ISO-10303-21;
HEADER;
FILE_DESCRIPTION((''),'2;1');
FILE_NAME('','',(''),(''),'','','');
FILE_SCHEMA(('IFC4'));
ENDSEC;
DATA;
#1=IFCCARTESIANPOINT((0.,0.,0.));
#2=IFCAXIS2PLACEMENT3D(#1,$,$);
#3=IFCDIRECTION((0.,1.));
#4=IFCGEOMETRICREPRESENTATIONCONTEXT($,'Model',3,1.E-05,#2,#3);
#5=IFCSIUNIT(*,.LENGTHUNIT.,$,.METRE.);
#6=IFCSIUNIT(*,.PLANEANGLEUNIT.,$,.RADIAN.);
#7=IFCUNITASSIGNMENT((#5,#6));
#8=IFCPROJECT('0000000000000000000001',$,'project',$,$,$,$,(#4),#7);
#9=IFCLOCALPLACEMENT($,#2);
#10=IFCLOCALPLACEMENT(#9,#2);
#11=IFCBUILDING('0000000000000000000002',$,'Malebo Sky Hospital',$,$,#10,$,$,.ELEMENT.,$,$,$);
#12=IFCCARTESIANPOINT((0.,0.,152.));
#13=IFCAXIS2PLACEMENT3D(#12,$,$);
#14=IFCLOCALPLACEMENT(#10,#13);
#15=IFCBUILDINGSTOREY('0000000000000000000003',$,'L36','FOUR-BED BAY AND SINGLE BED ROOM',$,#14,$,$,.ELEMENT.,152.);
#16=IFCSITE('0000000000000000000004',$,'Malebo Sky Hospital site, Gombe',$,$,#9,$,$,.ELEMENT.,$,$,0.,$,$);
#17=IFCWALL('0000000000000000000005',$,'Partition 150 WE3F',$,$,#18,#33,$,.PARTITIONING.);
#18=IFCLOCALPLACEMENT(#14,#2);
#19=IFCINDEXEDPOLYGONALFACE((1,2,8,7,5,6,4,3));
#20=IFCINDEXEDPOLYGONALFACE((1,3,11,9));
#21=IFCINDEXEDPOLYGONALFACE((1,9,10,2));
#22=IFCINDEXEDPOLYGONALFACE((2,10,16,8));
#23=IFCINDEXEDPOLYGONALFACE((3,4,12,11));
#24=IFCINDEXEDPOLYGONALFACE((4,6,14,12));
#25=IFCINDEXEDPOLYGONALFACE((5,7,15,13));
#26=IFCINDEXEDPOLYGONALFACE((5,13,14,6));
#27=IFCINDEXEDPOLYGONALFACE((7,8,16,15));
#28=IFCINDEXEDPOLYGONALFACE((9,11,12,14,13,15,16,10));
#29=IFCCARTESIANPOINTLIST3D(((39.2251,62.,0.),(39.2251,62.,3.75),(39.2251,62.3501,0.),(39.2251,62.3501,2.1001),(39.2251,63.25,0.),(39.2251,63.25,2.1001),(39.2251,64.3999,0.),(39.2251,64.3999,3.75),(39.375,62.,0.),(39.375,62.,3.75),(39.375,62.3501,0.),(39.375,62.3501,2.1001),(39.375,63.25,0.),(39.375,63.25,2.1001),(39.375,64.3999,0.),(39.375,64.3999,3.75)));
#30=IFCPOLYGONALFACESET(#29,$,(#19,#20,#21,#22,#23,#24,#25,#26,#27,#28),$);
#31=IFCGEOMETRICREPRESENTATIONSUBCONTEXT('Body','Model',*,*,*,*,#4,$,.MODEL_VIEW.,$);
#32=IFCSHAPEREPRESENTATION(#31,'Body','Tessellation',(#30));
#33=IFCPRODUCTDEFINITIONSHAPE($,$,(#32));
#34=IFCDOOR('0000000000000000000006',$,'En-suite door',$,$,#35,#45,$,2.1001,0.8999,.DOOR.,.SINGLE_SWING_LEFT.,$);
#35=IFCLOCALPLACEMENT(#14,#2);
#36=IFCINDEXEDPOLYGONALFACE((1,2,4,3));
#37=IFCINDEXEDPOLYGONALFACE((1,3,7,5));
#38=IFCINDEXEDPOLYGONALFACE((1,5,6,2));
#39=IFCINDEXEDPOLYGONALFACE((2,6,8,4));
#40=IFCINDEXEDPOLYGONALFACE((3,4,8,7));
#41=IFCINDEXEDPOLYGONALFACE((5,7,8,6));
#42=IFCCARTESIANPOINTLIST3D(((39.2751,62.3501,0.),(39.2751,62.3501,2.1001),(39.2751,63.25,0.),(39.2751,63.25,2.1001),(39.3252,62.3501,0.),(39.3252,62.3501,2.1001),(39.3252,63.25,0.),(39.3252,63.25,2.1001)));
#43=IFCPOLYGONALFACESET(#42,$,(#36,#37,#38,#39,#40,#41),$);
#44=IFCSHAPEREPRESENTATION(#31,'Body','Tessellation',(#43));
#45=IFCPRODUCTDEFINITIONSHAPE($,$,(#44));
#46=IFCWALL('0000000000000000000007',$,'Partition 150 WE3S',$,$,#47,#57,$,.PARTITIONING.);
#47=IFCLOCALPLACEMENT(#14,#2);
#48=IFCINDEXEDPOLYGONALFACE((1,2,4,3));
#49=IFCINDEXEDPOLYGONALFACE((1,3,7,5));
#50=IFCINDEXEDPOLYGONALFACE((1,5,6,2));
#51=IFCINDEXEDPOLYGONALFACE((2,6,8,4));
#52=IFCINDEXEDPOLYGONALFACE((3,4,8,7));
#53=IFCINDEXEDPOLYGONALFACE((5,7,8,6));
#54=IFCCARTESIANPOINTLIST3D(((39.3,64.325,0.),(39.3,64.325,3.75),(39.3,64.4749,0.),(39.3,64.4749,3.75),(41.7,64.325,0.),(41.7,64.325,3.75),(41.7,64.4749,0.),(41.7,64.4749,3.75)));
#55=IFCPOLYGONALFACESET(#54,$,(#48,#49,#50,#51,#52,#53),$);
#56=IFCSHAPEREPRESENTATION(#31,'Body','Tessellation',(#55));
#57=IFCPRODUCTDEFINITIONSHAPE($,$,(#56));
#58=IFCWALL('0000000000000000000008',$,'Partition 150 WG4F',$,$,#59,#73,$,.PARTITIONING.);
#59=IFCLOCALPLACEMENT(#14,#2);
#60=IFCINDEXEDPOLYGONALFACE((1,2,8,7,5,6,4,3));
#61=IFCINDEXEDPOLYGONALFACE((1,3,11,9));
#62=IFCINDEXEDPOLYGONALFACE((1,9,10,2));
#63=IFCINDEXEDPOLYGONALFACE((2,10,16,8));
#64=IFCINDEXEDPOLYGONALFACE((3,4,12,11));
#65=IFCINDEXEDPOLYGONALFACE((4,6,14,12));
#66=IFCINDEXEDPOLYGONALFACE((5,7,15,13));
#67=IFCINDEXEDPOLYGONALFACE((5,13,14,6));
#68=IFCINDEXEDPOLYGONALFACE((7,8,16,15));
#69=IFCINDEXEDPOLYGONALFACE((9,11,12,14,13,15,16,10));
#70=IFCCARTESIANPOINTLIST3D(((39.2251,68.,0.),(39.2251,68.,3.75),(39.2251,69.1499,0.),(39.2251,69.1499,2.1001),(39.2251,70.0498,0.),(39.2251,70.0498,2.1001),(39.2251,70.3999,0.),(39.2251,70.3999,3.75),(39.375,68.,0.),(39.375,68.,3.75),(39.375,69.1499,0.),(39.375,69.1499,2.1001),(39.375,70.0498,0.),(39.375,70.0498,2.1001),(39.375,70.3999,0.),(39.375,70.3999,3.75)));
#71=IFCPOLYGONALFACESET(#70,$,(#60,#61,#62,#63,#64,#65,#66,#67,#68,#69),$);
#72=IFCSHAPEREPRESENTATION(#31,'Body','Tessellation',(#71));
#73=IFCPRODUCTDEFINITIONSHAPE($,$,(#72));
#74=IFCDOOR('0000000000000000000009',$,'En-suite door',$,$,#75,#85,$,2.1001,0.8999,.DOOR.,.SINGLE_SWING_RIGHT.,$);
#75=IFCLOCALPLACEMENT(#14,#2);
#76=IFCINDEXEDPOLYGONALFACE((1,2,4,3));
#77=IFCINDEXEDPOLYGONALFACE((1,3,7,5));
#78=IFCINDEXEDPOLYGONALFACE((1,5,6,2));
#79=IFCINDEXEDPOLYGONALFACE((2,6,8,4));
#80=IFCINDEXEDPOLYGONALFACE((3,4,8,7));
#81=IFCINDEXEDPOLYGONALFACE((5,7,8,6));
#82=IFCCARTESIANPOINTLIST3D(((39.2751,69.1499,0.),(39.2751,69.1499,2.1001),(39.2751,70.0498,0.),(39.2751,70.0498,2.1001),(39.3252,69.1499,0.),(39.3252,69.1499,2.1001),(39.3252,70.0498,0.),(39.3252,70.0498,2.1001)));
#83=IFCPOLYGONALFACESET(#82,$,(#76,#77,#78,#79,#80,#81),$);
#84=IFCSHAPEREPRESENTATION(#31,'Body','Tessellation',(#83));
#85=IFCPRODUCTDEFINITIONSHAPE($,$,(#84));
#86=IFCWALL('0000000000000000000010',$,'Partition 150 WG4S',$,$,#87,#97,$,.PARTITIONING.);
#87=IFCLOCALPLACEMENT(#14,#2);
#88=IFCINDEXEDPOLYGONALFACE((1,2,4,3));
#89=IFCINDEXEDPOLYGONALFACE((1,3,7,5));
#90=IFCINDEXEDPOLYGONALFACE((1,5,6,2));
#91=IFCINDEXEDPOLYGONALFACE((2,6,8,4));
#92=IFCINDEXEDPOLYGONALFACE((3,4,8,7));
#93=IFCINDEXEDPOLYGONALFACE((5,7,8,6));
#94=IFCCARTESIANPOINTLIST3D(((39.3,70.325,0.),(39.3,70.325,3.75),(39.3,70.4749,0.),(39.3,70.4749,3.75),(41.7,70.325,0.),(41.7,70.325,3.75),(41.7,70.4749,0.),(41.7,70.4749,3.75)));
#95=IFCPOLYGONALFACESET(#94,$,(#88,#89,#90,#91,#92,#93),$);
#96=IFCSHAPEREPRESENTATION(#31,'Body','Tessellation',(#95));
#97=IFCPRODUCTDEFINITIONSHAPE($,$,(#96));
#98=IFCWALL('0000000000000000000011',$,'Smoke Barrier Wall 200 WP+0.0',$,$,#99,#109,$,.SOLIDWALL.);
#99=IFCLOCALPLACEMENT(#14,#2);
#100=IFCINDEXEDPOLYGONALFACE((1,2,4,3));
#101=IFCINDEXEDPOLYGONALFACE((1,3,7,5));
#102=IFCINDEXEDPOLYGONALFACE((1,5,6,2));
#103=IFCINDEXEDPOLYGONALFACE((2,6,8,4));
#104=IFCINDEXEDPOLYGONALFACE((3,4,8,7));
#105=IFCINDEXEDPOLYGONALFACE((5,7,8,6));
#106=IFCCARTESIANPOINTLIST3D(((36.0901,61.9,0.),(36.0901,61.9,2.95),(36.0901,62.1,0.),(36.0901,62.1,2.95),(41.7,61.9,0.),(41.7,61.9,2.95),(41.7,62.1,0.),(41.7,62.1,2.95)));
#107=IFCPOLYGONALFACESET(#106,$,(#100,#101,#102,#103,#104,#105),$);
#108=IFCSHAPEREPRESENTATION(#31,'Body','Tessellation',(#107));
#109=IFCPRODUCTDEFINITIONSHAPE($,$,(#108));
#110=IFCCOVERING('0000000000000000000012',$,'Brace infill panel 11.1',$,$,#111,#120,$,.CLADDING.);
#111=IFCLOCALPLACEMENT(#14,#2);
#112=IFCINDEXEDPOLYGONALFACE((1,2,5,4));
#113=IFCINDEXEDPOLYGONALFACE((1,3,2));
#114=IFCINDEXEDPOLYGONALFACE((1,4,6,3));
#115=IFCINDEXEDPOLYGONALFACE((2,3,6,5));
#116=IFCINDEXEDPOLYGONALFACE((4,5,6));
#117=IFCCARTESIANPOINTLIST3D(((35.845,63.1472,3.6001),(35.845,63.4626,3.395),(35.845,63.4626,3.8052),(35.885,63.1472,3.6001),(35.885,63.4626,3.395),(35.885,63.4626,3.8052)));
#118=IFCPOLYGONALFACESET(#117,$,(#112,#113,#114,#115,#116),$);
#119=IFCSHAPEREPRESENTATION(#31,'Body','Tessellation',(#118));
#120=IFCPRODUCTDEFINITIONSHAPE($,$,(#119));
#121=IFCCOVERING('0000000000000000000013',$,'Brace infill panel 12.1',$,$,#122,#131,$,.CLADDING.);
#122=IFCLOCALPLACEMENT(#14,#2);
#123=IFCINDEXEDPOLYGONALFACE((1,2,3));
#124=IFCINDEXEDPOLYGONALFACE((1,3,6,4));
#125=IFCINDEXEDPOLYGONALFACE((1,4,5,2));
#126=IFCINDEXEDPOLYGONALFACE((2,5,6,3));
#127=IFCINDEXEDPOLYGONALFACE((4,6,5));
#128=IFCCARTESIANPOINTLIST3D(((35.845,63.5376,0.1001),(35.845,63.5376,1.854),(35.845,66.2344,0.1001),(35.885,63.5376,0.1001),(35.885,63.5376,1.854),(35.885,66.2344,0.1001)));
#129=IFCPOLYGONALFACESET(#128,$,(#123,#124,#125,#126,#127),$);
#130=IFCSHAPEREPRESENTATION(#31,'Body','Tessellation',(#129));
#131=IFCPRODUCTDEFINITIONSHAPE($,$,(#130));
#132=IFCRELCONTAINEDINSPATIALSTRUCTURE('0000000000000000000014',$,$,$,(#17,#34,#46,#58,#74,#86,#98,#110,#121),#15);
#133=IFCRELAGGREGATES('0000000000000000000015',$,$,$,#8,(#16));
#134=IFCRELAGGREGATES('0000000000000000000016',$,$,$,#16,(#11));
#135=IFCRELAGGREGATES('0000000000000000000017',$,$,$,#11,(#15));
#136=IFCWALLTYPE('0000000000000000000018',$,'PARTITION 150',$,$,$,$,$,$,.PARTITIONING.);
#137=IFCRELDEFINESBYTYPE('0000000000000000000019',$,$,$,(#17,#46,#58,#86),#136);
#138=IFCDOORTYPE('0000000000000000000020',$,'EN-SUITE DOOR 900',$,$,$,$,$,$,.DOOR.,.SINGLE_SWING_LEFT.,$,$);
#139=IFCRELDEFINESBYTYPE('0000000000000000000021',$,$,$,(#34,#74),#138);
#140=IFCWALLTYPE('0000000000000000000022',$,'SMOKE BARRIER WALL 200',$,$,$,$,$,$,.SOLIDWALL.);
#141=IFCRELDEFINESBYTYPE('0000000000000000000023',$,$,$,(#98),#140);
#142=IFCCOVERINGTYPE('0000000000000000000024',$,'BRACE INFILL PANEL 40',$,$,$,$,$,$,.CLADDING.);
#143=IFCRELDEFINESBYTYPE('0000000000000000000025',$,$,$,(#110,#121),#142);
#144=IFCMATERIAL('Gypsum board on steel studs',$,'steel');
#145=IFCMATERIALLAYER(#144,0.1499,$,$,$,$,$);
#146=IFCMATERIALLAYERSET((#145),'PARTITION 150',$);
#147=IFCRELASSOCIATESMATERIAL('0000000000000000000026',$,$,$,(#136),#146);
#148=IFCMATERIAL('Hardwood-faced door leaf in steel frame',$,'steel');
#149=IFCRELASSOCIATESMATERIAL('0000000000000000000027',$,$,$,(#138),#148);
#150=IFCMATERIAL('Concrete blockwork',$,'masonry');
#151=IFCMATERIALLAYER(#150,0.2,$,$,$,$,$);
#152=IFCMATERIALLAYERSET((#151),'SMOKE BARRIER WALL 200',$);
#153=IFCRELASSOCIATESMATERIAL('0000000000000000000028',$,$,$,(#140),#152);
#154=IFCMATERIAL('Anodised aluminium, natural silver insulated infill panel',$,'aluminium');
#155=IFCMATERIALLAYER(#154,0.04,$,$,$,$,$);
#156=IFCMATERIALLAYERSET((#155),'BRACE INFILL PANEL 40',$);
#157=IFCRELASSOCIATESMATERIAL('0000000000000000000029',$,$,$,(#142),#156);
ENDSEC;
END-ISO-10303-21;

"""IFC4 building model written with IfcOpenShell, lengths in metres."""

from ifc_helpers import new_model, si_unit, direction, frame, frame_2d, origin, place, context, subcontext, project, spatial, polyline, rectangle, outline, extrude, material, layer, layer_set, type_object, element, fill, save


model = new_model("IFC4")

# Units and contexts
model_context = context("Model", 3, precision=1e-05, world=origin(), true_north=direction((0.0, 1.0)))
body_context = subcontext(model_context, "Body", "Model", "MODEL_VIEW")
ifc_project = project(units=[si_unit("LENGTHUNIT", "METRE"), si_unit("PLANEANGLEUNIT", "RADIAN")], contexts=[model_context])

# Site, building, storey
site_placement = place(None, origin())
site = spatial("IfcSite", under=ifc_project, at=site_placement, Name="Malebo Sky Hospital site, Gombe", CompositionType="ELEMENT", RefElevation=0.0)
building_placement = place(site_placement, origin())
building = spatial("IfcBuilding", under=site, at=building_placement, Name="Malebo Sky Hospital", CompositionType="ELEMENT")
storey_placement = place(building_placement, frame((0.0, 0.0, 152.0)))
storey = spatial("IfcBuildingStorey", under=building, at=storey_placement, Name="L36", Description="FOUR-BED BAY AND SINGLE BED ROOM", CompositionType="ELEMENT", Elevation=152.0)

# Shared definitions
ifc_material_1 = material(Name="Gypsum board on steel studs", Category="steel")
ifc_layer_1 = layer(ifc_material_1, 0.1499)
ifc_layer_set_1 = layer_set([ifc_layer_1], Name="PARTITION 150")
wall_type_1 = type_object("IfcWallType", Name="PARTITION 150", PredefinedType="PARTITIONING", material=ifc_layer_set_1)

# Wall, opening, door
wall_1_placement = place(storey_placement, frame((39.3, 62.0, 0.0), z_axis=(0.0, 0.0, 1.0), x_axis=(0.0, 1.0, 0.0)))
wall_1 = element("IfcWall", 1, at=wall_1_placement, inside=storey, type_object=wall_type_1, Name="Partition 150 WE3F", PredefinedType="PARTITIONING", context=body_context, shape_type="SweptSolid", body=[
    extrude(rectangle(XDim=2.3999, YDim=0.1499, at=frame_2d((1.2, 0.0))), origin(), (0.0, 0.0, 1.0), 3.75),
])
opening_1_placement = place(wall_1_placement, frame((0.3501, 0.0, 0.0)))
opening_1 = element("IfcOpeningElement", 2, at=opening_1_placement, cuts=wall_1, PredefinedType="OPENING", context=body_context, shape_type="SweptSolid", body=[
    extrude(rectangle(XDim=0.8999, YDim=2.1001, at=frame_2d((0.45, 1.05))), frame((0.0, 0.085, 0.0), z_axis=(0.0, -1.0, 0.0), x_axis=(1.0, 0.0, 0.0)), (0.0, 0.0, 1.0), 0.1699),
])
ifc_material_2 = material(Name="Hardwood-faced door leaf in steel frame", Category="steel")
door_type = type_object("IfcDoorType", Name="EN-SUITE DOOR 900", OperationType="SINGLE_SWING_LEFT", PredefinedType="DOOR", material=ifc_material_2)
door_1_placement = place(opening_1_placement, origin())
door_1 = element("IfcDoor", 3, at=door_1_placement, inside=storey, type_object=door_type, Name="En-suite door", OperationType="SINGLE_SWING_LEFT", OverallHeight=2.1001, OverallWidth=0.8999, PredefinedType="DOOR", context=body_context, shape_type="SweptSolid", body=[
    extrude(rectangle(XDim=0.8999, YDim=2.1001, at=frame_2d((0.45, 1.05))), frame((0.0, 0.0249, 0.0), z_axis=(0.0, -1.0, 0.0), x_axis=(1.0, 0.0, 0.0)), (0.0, 0.0, 1.0), 0.05),
])
fill(opening_1, door_1)

# Wall
wall_2_placement = place(storey_placement, frame((41.7, 64.3999, 0.0), z_axis=(0.0, 0.0, 1.0), x_axis=(-1.0, 0.0, 0.0)))
element("IfcWall", 4, at=wall_2_placement, inside=storey, type_object=wall_type_1, Name="Partition 150 WE3S", PredefinedType="PARTITIONING", context=body_context, shape_type="SweptSolid", body=[
    extrude(rectangle(XDim=2.3999, YDim=0.1499, at=frame_2d((1.2, 0.0))), origin(), (0.0, 0.0, 1.0), 3.75),
])

# Wall, opening, door
wall_3_placement = place(storey_placement, frame((39.3, 68.0, 0.0), z_axis=(0.0, 0.0, 1.0), x_axis=(0.0, 1.0, 0.0)))
wall_3 = element("IfcWall", 5, at=wall_3_placement, inside=storey, type_object=wall_type_1, Name="Partition 150 WG4F", PredefinedType="PARTITIONING", context=body_context, shape_type="SweptSolid", body=[
    extrude(rectangle(XDim=2.3999, YDim=0.1499, at=frame_2d((1.2, 0.0))), origin(), (0.0, 0.0, 1.0), 3.75),
])
opening_2_placement = place(wall_3_placement, frame((1.1499, 0.0, 0.0)))
opening_2 = element("IfcOpeningElement", 6, at=opening_2_placement, cuts=wall_3, PredefinedType="OPENING", context=body_context, shape_type="SweptSolid", body=[
    extrude(rectangle(XDim=0.8999, YDim=2.1001, at=frame_2d((0.45, 1.05))), frame((0.0, 0.085, 0.0), z_axis=(0.0, -1.0, 0.0), x_axis=(1.0, 0.0, 0.0)), (0.0, 0.0, 1.0), 0.1699),
])
door_2_placement = place(opening_2_placement, origin())
door_2 = element("IfcDoor", 7, at=door_2_placement, inside=storey, type_object=door_type, Name="En-suite door", OperationType="SINGLE_SWING_RIGHT", OverallHeight=2.1001, OverallWidth=0.8999, PredefinedType="DOOR", context=body_context, shape_type="SweptSolid", body=[
    extrude(rectangle(XDim=0.8999, YDim=2.1001, at=frame_2d((0.45, 1.05))), frame((0.0, 0.0249, 0.0), z_axis=(0.0, -1.0, 0.0), x_axis=(1.0, 0.0, 0.0)), (0.0, 0.0, 1.0), 0.05),
])
fill(opening_2, door_2)

# Walls
wall_4_placement = place(storey_placement, frame((41.7, 70.3999, 0.0), z_axis=(0.0, 0.0, 1.0), x_axis=(-1.0, 0.0, 0.0)))
element("IfcWall", 8, at=wall_4_placement, inside=storey, type_object=wall_type_1, Name="Partition 150 WG4S", PredefinedType="PARTITIONING", context=body_context, shape_type="SweptSolid", body=[
    extrude(rectangle(XDim=2.3999, YDim=0.1499, at=frame_2d((1.2, 0.0))), origin(), (0.0, 0.0, 1.0), 3.75),
])
ifc_material_3 = material(Name="Concrete blockwork", Category="masonry")
ifc_layer_2 = layer(ifc_material_3, 0.2)
ifc_layer_set_2 = layer_set([ifc_layer_2], Name="SMOKE BARRIER WALL 200")
wall_type_2 = type_object("IfcWallType", Name="SMOKE BARRIER WALL 200", PredefinedType="SOLIDWALL", material=ifc_layer_set_2)
wall_5_placement = place(storey_placement, frame((41.7, 62.0, 0.0), z_axis=(0.0, 0.0, 1.0), x_axis=(-1.0, 0.0, 0.0)))
element("IfcWall", 9, at=wall_5_placement, inside=storey, type_object=wall_type_2, Name="Smoke Barrier Wall 200 WP+0.0", PredefinedType="SOLIDWALL", context=body_context, shape_type="SweptSolid", body=[
    extrude(rectangle(XDim=5.6099, YDim=0.2, at=frame_2d((2.8049, 0.0))), origin(), (0.0, 0.0, 1.0), 2.95),
])

# Coverings
ifc_material_4 = material(Name="Anodised aluminium, natural silver insulated infill panel", Category="aluminium")
ifc_layer_3 = layer(ifc_material_4, 0.04)
ifc_layer_set_3 = layer_set([ifc_layer_3], Name="BRACE INFILL PANEL 40")
covering_type = type_object("IfcCoveringType", Name="BRACE INFILL PANEL 40", PredefinedType="CLADDING", material=ifc_layer_set_3)
covering_1_placement = place(storey_placement, frame((35.865, 63.3049, 3.395), z_axis=(0.0, 0.0, 1.0), x_axis=(0.0, 1.0, 0.0)))
element("IfcCovering", 10, at=covering_1_placement, inside=storey, type_object=covering_type, Name="Brace infill panel 11.1", PredefinedType="CLADDING", context=body_context, shape_type="SweptSolid", body=[
    extrude(outline(polyline([(0.1577, 0.0), (0.1577, 0.4102), (-0.1577, 0.2051), (0.1577, 0.0)])), frame((0.0, 0.02, 0.0), z_axis=(0.0, -1.0, 0.0), x_axis=(1.0, 0.0, 0.0)), (0.0, 0.0, 1.0), 0.04),
])
covering_2_placement = place(storey_placement, frame((35.865, 64.886, 0.1001), z_axis=(0.0, 0.0, 1.0), x_axis=(0.0, 1.0, 0.0)))
element("IfcCovering", 11, at=covering_2_placement, inside=storey, type_object=covering_type, Name="Brace infill panel 12.1", PredefinedType="CLADDING", context=body_context, shape_type="SweptSolid", body=[
    extrude(outline(polyline([(-1.3484, 0.0), (1.3484, 0.0), (-1.3484, 1.7539), (-1.3484, 0.0)])), frame((0.0, 0.02, 0.0), z_axis=(0.0, -1.0, 0.0), x_axis=(1.0, 0.0, 0.0)), (0.0, 0.0, 1.0), 0.04),
])

save(model, "model.ifc")
